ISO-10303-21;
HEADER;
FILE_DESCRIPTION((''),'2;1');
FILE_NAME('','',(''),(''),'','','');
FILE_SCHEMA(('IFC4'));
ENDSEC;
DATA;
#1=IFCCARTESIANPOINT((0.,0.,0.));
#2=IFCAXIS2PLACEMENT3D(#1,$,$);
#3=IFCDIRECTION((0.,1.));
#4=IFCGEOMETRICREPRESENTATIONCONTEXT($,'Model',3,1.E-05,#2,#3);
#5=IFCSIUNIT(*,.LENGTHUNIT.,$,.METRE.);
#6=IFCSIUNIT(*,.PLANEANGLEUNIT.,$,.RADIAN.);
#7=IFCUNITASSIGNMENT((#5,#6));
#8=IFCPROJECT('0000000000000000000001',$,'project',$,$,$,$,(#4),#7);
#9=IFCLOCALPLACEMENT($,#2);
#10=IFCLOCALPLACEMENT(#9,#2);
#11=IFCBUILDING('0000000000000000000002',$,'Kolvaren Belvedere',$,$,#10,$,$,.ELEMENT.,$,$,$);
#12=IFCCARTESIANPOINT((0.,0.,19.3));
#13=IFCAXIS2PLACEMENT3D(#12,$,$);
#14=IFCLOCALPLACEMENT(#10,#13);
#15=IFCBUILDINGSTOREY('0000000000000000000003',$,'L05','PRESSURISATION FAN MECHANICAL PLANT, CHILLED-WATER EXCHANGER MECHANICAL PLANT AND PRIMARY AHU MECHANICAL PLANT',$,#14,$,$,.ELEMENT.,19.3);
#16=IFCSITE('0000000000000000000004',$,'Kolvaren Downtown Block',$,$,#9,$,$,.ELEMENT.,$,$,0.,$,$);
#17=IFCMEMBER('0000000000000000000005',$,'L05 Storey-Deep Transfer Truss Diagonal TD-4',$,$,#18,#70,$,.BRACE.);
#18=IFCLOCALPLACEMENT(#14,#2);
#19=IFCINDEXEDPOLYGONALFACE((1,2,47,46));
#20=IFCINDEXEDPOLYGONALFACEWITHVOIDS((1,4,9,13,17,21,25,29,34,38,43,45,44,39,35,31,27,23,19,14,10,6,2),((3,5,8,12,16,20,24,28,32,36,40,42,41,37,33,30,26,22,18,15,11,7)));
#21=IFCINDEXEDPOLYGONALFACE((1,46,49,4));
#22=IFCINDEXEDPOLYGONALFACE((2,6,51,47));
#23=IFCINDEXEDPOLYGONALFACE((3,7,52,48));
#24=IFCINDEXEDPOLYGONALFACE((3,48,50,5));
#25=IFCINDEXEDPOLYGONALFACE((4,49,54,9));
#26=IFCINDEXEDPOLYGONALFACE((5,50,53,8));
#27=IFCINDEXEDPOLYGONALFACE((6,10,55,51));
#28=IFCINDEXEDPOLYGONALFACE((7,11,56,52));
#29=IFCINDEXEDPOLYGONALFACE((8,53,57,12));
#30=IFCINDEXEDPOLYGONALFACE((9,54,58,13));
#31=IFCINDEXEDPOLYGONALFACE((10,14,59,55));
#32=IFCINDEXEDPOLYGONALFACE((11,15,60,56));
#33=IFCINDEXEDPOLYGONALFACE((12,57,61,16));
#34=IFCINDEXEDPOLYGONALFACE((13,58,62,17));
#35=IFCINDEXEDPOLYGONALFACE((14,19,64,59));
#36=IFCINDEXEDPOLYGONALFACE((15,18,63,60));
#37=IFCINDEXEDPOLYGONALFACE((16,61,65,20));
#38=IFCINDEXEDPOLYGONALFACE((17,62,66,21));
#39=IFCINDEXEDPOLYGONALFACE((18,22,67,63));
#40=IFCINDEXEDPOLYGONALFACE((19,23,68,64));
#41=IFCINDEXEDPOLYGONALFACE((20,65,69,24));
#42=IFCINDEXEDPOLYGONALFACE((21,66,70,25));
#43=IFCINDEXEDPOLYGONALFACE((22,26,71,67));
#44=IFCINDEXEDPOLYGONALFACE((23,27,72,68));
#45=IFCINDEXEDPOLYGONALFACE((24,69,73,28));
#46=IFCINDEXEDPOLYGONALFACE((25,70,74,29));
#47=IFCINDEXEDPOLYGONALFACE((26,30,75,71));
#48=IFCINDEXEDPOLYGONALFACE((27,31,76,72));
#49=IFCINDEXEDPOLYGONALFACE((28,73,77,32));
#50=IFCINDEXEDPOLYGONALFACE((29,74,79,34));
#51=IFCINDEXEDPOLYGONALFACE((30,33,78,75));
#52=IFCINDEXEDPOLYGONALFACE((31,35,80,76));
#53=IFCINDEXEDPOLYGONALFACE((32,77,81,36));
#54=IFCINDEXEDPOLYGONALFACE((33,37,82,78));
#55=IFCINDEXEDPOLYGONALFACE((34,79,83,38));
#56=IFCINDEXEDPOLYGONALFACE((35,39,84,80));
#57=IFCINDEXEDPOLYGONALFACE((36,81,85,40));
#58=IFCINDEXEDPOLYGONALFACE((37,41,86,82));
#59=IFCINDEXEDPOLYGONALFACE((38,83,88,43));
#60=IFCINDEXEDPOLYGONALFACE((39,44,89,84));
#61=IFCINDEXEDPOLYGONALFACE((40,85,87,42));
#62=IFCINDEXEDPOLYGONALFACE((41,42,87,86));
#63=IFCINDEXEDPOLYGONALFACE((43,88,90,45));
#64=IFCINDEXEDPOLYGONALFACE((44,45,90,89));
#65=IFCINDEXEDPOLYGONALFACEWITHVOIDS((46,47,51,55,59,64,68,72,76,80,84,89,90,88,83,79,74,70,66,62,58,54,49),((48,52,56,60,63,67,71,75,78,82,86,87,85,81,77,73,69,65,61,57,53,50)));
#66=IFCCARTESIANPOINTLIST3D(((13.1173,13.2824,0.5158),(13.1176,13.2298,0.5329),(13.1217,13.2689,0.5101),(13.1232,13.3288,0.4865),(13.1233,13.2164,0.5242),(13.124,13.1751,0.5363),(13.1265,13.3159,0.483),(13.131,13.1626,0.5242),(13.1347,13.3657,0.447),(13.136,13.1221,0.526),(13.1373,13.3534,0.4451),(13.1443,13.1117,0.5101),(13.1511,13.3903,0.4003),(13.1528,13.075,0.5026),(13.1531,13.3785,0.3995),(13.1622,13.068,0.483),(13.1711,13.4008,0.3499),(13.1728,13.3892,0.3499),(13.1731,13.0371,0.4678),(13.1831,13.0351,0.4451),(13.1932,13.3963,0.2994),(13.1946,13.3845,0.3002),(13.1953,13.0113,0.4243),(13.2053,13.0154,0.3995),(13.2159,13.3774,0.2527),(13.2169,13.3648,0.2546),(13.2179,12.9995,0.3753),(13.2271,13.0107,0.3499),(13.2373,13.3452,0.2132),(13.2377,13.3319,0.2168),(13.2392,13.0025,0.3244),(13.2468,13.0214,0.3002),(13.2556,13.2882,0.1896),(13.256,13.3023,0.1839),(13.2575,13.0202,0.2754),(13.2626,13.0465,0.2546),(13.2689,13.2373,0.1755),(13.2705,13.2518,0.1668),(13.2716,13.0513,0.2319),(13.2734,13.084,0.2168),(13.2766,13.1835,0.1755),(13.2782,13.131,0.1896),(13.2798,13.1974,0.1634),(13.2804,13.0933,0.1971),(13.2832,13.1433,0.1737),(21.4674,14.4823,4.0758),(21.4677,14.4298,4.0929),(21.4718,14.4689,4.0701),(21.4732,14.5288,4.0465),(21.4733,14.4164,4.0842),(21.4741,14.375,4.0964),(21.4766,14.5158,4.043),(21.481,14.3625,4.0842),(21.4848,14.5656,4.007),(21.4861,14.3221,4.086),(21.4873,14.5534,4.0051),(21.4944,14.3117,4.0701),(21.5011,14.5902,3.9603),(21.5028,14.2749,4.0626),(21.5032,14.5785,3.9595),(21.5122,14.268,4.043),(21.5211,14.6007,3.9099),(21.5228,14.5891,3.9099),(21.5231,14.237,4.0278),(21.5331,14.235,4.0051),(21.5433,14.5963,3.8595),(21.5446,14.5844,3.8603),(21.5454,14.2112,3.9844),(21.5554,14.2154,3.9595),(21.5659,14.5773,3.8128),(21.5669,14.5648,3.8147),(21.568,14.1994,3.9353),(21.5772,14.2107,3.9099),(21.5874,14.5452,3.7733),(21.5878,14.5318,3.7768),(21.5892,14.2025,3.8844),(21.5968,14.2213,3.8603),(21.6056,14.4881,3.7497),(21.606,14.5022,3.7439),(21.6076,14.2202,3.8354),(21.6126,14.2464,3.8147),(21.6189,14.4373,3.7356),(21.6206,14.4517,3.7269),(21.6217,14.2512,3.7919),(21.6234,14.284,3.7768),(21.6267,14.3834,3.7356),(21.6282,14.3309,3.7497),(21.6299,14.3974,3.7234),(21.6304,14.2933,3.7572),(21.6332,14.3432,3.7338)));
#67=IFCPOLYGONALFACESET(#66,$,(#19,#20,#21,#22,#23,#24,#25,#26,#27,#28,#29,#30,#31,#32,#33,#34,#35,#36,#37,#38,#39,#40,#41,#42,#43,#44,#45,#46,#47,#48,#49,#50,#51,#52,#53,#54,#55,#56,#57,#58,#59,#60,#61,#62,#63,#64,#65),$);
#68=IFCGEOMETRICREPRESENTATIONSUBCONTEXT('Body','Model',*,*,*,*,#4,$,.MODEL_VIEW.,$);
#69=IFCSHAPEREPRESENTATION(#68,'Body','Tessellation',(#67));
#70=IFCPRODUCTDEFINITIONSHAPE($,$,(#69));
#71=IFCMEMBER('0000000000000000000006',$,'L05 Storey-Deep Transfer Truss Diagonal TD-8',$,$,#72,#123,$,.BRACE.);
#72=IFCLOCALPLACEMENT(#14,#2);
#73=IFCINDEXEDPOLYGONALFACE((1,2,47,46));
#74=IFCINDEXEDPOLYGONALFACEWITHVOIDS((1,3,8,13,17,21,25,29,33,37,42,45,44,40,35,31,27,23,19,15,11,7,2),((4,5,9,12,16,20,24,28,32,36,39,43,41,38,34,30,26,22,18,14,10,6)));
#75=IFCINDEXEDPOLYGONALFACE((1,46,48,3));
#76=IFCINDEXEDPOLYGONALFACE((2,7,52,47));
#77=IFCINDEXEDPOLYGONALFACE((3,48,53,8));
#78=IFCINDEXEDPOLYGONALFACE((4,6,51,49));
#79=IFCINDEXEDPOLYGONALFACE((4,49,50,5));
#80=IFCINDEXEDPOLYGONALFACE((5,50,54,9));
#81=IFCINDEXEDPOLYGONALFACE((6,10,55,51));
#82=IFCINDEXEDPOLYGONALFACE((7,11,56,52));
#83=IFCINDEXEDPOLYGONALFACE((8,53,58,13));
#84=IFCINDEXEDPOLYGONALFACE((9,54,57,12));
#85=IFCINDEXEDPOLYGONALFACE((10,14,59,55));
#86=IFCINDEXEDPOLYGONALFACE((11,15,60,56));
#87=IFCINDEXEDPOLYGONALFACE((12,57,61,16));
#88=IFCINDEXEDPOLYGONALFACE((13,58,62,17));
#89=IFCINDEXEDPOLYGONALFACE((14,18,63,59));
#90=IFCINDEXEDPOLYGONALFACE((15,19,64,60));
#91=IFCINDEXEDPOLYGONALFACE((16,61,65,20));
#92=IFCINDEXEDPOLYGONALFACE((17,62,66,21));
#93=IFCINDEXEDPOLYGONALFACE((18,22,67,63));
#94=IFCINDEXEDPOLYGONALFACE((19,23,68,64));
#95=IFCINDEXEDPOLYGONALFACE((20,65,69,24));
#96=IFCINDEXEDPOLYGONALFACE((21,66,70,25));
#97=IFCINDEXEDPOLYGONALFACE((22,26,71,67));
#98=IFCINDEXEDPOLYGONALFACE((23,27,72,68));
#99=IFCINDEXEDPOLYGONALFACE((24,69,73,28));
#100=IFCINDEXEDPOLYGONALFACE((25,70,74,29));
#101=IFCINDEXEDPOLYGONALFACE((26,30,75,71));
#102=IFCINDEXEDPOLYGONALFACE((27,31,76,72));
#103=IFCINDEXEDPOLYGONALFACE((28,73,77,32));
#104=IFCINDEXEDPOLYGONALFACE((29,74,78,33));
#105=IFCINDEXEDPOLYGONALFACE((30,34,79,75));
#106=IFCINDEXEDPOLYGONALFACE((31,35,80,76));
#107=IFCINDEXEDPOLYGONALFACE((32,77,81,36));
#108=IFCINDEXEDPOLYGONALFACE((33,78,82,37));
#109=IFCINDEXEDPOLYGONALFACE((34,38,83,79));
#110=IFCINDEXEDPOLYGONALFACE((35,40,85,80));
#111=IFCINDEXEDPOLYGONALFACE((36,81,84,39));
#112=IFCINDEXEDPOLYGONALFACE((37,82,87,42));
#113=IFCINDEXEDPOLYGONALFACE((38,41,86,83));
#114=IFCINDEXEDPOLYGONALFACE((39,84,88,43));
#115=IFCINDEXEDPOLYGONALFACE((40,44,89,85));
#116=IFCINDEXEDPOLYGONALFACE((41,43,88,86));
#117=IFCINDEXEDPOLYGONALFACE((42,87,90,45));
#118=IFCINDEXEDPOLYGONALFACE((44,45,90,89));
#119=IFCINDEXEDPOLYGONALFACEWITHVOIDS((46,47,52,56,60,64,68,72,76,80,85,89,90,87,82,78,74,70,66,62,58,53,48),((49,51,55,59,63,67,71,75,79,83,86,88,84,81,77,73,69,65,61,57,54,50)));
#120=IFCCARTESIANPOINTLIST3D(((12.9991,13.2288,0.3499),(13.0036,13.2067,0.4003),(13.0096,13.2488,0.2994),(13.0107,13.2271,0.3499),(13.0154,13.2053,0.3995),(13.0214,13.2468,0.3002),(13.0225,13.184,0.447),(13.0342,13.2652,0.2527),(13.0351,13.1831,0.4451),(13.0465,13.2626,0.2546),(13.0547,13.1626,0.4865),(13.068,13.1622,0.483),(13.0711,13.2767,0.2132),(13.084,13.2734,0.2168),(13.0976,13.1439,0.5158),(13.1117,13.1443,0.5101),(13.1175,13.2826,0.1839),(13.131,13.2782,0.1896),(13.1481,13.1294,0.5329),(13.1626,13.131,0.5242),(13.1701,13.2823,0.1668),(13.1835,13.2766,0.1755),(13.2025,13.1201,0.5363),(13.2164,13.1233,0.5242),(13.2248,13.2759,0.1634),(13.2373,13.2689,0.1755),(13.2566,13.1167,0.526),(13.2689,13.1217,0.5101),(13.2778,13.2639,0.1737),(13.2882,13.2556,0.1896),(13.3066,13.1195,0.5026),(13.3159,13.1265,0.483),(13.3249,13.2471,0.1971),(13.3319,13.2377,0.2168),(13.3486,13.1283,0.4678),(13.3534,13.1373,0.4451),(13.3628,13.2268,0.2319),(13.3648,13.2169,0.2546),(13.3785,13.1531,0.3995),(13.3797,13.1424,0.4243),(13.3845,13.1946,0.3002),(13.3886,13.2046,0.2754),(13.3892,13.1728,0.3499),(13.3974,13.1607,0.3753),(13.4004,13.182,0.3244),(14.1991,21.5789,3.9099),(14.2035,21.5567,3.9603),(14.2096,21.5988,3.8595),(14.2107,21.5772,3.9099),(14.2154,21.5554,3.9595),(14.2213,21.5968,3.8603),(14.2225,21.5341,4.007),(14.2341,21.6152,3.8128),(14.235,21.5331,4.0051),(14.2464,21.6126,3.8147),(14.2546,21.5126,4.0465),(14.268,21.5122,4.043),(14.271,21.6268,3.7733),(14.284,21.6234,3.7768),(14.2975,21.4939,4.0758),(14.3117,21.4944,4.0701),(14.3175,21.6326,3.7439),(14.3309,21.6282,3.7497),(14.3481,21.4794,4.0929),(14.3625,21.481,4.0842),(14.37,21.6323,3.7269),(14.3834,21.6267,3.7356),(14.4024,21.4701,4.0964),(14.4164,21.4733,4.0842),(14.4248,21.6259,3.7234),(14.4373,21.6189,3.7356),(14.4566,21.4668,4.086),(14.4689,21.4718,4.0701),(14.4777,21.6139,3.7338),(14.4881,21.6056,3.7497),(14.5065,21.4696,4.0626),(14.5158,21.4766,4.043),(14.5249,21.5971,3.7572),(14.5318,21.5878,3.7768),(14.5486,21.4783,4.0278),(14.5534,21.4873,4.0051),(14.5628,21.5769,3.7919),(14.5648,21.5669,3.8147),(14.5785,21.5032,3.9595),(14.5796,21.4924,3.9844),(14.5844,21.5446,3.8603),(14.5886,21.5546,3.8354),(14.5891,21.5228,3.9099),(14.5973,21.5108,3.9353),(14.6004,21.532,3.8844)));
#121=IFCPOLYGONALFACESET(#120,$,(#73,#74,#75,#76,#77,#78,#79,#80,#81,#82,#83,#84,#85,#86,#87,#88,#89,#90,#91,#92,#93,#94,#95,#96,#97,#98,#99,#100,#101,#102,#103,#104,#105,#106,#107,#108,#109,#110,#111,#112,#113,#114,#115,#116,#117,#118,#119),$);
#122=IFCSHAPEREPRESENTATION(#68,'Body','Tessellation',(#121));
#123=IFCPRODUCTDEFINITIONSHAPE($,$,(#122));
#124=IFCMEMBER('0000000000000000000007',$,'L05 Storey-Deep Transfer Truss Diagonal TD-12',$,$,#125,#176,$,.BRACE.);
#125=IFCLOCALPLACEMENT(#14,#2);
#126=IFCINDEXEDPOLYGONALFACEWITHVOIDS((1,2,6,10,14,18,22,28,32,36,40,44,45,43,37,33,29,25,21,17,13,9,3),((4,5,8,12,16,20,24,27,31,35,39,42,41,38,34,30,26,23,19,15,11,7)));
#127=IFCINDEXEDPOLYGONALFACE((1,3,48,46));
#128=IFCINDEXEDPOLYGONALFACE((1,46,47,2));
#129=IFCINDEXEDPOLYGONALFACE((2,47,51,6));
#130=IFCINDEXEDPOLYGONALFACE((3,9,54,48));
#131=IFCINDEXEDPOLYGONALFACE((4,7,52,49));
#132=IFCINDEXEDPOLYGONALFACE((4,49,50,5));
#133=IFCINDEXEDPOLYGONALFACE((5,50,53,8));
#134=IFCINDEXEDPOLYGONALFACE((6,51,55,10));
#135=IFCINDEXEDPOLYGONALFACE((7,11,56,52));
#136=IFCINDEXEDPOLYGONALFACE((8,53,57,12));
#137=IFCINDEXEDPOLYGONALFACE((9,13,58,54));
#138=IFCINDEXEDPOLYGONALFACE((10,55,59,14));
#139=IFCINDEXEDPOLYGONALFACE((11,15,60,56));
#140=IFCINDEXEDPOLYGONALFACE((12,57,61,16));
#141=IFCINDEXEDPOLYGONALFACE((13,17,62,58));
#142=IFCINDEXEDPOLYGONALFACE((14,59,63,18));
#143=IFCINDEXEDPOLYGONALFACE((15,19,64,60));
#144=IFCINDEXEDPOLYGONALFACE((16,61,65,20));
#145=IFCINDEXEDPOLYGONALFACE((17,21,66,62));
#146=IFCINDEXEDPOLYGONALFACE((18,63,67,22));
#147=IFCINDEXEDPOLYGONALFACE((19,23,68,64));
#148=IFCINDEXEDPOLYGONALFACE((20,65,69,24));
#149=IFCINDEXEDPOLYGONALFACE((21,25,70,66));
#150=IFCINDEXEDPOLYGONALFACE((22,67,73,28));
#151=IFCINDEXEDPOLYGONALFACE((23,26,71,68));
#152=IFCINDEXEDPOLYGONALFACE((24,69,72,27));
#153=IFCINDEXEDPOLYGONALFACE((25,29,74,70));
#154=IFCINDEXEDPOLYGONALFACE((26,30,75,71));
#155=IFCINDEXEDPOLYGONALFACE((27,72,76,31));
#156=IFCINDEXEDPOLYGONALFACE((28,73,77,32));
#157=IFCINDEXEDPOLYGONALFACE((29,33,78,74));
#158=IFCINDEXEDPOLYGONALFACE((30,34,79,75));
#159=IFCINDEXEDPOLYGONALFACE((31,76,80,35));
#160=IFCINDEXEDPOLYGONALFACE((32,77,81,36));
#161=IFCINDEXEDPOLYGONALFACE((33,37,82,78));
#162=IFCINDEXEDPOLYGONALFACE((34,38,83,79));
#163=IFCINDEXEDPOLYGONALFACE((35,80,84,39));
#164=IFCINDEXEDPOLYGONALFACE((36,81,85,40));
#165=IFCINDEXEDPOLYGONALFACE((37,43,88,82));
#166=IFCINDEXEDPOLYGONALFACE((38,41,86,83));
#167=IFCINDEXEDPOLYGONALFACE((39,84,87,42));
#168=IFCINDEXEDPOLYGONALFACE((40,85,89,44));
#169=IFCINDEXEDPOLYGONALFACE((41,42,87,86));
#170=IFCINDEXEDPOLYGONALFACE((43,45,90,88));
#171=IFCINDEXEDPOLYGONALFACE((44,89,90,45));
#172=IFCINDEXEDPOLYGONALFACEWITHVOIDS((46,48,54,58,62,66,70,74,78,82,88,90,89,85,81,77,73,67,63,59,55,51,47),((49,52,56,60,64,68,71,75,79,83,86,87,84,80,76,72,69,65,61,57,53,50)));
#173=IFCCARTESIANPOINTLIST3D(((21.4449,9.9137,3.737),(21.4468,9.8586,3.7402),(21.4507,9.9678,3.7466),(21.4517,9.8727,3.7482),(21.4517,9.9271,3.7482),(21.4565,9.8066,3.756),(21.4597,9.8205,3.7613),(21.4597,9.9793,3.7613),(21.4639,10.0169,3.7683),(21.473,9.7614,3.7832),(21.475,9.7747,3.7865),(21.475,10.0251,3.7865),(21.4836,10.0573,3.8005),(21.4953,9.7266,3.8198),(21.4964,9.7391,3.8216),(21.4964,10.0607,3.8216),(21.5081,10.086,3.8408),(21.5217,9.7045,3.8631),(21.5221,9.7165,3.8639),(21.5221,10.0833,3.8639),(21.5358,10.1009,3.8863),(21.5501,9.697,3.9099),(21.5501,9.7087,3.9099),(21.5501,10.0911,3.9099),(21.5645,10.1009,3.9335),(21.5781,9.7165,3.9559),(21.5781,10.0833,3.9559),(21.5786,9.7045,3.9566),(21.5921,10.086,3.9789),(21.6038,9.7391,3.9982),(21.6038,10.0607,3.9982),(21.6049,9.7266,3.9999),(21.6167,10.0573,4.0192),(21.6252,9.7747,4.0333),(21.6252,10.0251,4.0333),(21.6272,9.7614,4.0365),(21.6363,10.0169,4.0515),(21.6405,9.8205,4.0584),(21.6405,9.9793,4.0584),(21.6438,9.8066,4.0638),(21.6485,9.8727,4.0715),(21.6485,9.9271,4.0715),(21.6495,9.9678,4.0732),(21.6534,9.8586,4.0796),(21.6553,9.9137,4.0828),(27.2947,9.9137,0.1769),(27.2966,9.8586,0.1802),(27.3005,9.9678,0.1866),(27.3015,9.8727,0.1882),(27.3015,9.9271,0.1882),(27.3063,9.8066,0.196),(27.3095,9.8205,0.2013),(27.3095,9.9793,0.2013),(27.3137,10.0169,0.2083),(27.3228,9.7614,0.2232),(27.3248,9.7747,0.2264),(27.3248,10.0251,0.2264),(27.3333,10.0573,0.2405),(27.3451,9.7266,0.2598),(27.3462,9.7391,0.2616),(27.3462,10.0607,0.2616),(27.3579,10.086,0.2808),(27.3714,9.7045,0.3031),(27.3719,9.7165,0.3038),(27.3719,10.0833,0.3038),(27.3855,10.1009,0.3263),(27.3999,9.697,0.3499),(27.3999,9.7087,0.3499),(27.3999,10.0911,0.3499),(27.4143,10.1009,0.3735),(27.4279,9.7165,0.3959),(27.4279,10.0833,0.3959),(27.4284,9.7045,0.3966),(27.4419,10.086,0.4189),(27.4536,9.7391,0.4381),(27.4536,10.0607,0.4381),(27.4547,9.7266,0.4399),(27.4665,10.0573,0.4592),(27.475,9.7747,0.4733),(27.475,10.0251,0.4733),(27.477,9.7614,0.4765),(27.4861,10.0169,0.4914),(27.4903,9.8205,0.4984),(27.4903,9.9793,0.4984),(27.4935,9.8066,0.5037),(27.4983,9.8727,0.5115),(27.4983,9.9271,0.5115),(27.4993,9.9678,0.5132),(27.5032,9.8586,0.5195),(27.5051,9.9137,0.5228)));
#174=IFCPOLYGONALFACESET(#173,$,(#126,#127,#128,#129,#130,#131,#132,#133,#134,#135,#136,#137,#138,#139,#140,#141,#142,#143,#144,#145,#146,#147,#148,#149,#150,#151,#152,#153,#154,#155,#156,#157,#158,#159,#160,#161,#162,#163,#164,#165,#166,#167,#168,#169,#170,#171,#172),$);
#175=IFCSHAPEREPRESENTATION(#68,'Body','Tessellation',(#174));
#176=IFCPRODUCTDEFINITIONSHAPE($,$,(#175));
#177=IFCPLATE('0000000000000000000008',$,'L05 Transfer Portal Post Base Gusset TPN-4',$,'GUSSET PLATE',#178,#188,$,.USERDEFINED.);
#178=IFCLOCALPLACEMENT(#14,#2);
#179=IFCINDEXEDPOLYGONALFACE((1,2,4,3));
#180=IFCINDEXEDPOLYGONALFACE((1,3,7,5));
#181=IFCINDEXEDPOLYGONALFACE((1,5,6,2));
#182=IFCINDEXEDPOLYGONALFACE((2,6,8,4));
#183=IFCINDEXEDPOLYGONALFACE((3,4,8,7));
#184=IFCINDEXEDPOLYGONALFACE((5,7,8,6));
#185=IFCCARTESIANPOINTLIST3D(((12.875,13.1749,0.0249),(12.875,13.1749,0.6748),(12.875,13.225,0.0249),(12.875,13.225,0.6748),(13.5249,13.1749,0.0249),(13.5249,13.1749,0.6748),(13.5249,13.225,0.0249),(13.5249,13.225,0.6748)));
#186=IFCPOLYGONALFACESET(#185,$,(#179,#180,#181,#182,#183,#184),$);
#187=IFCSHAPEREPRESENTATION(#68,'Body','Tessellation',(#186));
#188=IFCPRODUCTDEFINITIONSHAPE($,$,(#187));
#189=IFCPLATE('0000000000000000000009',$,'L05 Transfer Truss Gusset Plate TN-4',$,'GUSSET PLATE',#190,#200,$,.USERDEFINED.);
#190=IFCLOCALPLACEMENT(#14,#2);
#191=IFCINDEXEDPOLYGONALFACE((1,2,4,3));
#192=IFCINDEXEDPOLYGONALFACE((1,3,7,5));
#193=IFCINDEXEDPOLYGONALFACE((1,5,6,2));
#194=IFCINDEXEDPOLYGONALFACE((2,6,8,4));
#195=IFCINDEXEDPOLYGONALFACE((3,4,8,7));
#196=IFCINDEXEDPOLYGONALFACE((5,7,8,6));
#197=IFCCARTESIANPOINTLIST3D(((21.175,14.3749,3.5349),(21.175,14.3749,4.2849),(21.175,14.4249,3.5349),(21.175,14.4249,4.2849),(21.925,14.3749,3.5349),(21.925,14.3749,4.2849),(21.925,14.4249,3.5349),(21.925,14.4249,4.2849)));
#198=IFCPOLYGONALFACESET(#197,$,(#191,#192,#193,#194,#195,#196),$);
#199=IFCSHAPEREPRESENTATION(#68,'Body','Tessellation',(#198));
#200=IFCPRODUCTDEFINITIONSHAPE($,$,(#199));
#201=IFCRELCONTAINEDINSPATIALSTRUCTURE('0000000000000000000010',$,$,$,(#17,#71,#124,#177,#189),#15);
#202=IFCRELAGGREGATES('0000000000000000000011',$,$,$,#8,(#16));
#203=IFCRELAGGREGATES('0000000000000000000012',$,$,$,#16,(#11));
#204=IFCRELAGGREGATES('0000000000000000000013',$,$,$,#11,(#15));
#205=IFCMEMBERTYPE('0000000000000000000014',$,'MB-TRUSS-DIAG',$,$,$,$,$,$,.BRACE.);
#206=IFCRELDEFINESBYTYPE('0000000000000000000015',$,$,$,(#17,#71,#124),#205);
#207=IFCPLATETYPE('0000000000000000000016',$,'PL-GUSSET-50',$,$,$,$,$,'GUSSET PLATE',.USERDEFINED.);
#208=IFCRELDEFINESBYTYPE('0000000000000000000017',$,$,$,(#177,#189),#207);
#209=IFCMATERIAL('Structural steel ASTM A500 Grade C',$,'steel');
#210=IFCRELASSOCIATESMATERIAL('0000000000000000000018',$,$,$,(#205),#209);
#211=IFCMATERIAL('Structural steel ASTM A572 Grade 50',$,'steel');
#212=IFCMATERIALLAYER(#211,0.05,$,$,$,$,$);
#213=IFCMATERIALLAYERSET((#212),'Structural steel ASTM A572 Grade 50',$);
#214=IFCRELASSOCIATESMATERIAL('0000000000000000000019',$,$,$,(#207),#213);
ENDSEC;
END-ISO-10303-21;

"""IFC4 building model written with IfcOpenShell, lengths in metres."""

from ifc_helpers import new_model, si_unit, direction, frame, origin, origin_2d, place, context, subcontext, project, spatial, rectangle, hollow_circle, extrude, material, layer, layer_set, material_profile, profile_set, type_object, element, save


model = new_model("IFC4")

# Units and contexts
model_context = context("Model", 3, precision=1e-05, world=origin(), true_north=direction((0.0, 1.0)))
body_context = subcontext(model_context, "Body", "Model", "MODEL_VIEW")
ifc_project = project(units=[si_unit("LENGTHUNIT", "METRE"), si_unit("PLANEANGLEUNIT", "RADIAN")], contexts=[model_context])

# Site, building, storey
site_placement = place(None, origin())
site = spatial("IfcSite", under=ifc_project, at=site_placement, Name="Kolvaren Downtown Block", CompositionType="ELEMENT", RefElevation=0.0)
building_placement = place(site_placement, origin())
building = spatial("IfcBuilding", under=site, at=building_placement, Name="Kolvaren Belvedere", CompositionType="ELEMENT")
storey_placement = place(building_placement, frame((0.0, 0.0, 19.3)))
storey = spatial("IfcBuildingStorey", under=building, at=storey_placement, Name="L05", Description="PRESSURISATION FAN MECHANICAL PLANT, CHILLED-WATER EXCHANGER MECHANICAL PLANT AND PRIMARY AHU MECHANICAL PLANT", CompositionType="ELEMENT", Elevation=19.3)

# Members
ifc_material_1 = material(Name="Structural steel ASTM A500 Grade C", Category="steel")
ifc_material_profile_1 = material_profile(ifc_material_1, hollow_circle(Radius=0.2029, WallThickness=0.0117, at=origin_2d()), Name="HSS16.000X0.500")
ifc_profile_set_1 = profile_set([ifc_material_profile_1], Name="Structural steel ASTM A500 Grade C")
member_type_1 = type_object("IfcMemberType", Name="MB-TRUSS-DIAG", PredefinedType="BRACE", material=ifc_profile_set_1)
for number, where, z_axis, x_axis, name in (
    (1, (13.2, 13.2, 0.3499), (0.91195, 0.131052, 0.388809), (-0.142244, 0.989832, 0.0), "L05 Storey-Deep Transfer Truss Diagonal TD-4"),
    (2, (13.2, 13.2, 0.3499), (0.131052, 0.91195, 0.388809), (-0.989832, 0.142244, 0.0), "L05 Storey-Deep Transfer Truss Diagonal TD-8"),
):
    element("IfcMember", number, at=place(storey_placement, frame(where, z_axis=z_axis, x_axis=x_axis)), inside=storey, type_object=member_type_1, Name=name, PredefinedType="BRACE", context=body_context, shape_type="SweptSolid", body=[
        extrude(hollow_circle(Radius=0.2029, WallThickness=0.0117, at=origin_2d()), origin(), (0.0, 0.0, 1.0), 9.1562),
    ])
member_1_placement = place(storey_placement, frame((27.3999, 9.8999, 0.3499), z_axis=(-0.854245, 0.0, 0.51987), x_axis=(0.0, -1.0, 0.0)))
element("IfcMember", 3, at=member_1_placement, inside=storey, type_object=member_type_1, Name="L05 Storey-Deep Transfer Truss Diagonal TD-12", PredefinedType="BRACE", context=body_context, shape_type="SweptSolid", body=[
    extrude(hollow_circle(Radius=0.2029, WallThickness=0.0117, at=origin_2d()), origin(), (0.0, 0.0, 1.0), 6.8479),
])

# Plates
ifc_material_2 = material(Name="Structural steel ASTM A572 Grade 50", Category="steel")
ifc_layer_1 = layer(ifc_material_2, 0.05)
ifc_layer_set_1 = layer_set([ifc_layer_1], Name="Structural steel ASTM A572 Grade 50")
plate_type = type_object("IfcPlateType", Name="PL-GUSSET-50", ElementType="GUSSET PLATE", PredefinedType="USERDEFINED", material=ifc_layer_set_1)
plate_placement = place(storey_placement, frame((13.2, 13.2, 0.0249), z_axis=(0.0, 0.0, 1.0), x_axis=(1.0, 0.0, 0.0)))
element("IfcPlate", 4, at=plate_placement, inside=storey, type_object=plate_type, Name="L05 Transfer Portal Post Base Gusset TPN-4", ObjectType="GUSSET PLATE", PredefinedType="USERDEFINED", context=body_context, shape_type="SweptSolid", body=[
    extrude(rectangle(XDim=0.6499, YDim=0.05, at=origin_2d()), origin(), (0.0, 0.0, 1.0), 0.6499),
])
for number, where, z_axis, x_axis, name in (
    (5, (21.55, 14.3999, 3.5349), (0.0, 0.0, 1.0), (1.0, 0.0, 0.0), "L05 Transfer Truss Gusset Plate TN-4"),
):
    element("IfcPlate", number, at=place(storey_placement, frame(where, z_axis=z_axis, x_axis=x_axis)), inside=storey, type_object=plate_type, Name=name, ObjectType="GUSSET PLATE", PredefinedType="USERDEFINED", context=body_context, shape_type="SweptSolid", body=[
        extrude(rectangle(XDim=0.75, YDim=0.05, at=origin_2d()), origin(), (0.0, 0.0, 1.0), 0.75),
    ])

save(model, "model.ifc")
